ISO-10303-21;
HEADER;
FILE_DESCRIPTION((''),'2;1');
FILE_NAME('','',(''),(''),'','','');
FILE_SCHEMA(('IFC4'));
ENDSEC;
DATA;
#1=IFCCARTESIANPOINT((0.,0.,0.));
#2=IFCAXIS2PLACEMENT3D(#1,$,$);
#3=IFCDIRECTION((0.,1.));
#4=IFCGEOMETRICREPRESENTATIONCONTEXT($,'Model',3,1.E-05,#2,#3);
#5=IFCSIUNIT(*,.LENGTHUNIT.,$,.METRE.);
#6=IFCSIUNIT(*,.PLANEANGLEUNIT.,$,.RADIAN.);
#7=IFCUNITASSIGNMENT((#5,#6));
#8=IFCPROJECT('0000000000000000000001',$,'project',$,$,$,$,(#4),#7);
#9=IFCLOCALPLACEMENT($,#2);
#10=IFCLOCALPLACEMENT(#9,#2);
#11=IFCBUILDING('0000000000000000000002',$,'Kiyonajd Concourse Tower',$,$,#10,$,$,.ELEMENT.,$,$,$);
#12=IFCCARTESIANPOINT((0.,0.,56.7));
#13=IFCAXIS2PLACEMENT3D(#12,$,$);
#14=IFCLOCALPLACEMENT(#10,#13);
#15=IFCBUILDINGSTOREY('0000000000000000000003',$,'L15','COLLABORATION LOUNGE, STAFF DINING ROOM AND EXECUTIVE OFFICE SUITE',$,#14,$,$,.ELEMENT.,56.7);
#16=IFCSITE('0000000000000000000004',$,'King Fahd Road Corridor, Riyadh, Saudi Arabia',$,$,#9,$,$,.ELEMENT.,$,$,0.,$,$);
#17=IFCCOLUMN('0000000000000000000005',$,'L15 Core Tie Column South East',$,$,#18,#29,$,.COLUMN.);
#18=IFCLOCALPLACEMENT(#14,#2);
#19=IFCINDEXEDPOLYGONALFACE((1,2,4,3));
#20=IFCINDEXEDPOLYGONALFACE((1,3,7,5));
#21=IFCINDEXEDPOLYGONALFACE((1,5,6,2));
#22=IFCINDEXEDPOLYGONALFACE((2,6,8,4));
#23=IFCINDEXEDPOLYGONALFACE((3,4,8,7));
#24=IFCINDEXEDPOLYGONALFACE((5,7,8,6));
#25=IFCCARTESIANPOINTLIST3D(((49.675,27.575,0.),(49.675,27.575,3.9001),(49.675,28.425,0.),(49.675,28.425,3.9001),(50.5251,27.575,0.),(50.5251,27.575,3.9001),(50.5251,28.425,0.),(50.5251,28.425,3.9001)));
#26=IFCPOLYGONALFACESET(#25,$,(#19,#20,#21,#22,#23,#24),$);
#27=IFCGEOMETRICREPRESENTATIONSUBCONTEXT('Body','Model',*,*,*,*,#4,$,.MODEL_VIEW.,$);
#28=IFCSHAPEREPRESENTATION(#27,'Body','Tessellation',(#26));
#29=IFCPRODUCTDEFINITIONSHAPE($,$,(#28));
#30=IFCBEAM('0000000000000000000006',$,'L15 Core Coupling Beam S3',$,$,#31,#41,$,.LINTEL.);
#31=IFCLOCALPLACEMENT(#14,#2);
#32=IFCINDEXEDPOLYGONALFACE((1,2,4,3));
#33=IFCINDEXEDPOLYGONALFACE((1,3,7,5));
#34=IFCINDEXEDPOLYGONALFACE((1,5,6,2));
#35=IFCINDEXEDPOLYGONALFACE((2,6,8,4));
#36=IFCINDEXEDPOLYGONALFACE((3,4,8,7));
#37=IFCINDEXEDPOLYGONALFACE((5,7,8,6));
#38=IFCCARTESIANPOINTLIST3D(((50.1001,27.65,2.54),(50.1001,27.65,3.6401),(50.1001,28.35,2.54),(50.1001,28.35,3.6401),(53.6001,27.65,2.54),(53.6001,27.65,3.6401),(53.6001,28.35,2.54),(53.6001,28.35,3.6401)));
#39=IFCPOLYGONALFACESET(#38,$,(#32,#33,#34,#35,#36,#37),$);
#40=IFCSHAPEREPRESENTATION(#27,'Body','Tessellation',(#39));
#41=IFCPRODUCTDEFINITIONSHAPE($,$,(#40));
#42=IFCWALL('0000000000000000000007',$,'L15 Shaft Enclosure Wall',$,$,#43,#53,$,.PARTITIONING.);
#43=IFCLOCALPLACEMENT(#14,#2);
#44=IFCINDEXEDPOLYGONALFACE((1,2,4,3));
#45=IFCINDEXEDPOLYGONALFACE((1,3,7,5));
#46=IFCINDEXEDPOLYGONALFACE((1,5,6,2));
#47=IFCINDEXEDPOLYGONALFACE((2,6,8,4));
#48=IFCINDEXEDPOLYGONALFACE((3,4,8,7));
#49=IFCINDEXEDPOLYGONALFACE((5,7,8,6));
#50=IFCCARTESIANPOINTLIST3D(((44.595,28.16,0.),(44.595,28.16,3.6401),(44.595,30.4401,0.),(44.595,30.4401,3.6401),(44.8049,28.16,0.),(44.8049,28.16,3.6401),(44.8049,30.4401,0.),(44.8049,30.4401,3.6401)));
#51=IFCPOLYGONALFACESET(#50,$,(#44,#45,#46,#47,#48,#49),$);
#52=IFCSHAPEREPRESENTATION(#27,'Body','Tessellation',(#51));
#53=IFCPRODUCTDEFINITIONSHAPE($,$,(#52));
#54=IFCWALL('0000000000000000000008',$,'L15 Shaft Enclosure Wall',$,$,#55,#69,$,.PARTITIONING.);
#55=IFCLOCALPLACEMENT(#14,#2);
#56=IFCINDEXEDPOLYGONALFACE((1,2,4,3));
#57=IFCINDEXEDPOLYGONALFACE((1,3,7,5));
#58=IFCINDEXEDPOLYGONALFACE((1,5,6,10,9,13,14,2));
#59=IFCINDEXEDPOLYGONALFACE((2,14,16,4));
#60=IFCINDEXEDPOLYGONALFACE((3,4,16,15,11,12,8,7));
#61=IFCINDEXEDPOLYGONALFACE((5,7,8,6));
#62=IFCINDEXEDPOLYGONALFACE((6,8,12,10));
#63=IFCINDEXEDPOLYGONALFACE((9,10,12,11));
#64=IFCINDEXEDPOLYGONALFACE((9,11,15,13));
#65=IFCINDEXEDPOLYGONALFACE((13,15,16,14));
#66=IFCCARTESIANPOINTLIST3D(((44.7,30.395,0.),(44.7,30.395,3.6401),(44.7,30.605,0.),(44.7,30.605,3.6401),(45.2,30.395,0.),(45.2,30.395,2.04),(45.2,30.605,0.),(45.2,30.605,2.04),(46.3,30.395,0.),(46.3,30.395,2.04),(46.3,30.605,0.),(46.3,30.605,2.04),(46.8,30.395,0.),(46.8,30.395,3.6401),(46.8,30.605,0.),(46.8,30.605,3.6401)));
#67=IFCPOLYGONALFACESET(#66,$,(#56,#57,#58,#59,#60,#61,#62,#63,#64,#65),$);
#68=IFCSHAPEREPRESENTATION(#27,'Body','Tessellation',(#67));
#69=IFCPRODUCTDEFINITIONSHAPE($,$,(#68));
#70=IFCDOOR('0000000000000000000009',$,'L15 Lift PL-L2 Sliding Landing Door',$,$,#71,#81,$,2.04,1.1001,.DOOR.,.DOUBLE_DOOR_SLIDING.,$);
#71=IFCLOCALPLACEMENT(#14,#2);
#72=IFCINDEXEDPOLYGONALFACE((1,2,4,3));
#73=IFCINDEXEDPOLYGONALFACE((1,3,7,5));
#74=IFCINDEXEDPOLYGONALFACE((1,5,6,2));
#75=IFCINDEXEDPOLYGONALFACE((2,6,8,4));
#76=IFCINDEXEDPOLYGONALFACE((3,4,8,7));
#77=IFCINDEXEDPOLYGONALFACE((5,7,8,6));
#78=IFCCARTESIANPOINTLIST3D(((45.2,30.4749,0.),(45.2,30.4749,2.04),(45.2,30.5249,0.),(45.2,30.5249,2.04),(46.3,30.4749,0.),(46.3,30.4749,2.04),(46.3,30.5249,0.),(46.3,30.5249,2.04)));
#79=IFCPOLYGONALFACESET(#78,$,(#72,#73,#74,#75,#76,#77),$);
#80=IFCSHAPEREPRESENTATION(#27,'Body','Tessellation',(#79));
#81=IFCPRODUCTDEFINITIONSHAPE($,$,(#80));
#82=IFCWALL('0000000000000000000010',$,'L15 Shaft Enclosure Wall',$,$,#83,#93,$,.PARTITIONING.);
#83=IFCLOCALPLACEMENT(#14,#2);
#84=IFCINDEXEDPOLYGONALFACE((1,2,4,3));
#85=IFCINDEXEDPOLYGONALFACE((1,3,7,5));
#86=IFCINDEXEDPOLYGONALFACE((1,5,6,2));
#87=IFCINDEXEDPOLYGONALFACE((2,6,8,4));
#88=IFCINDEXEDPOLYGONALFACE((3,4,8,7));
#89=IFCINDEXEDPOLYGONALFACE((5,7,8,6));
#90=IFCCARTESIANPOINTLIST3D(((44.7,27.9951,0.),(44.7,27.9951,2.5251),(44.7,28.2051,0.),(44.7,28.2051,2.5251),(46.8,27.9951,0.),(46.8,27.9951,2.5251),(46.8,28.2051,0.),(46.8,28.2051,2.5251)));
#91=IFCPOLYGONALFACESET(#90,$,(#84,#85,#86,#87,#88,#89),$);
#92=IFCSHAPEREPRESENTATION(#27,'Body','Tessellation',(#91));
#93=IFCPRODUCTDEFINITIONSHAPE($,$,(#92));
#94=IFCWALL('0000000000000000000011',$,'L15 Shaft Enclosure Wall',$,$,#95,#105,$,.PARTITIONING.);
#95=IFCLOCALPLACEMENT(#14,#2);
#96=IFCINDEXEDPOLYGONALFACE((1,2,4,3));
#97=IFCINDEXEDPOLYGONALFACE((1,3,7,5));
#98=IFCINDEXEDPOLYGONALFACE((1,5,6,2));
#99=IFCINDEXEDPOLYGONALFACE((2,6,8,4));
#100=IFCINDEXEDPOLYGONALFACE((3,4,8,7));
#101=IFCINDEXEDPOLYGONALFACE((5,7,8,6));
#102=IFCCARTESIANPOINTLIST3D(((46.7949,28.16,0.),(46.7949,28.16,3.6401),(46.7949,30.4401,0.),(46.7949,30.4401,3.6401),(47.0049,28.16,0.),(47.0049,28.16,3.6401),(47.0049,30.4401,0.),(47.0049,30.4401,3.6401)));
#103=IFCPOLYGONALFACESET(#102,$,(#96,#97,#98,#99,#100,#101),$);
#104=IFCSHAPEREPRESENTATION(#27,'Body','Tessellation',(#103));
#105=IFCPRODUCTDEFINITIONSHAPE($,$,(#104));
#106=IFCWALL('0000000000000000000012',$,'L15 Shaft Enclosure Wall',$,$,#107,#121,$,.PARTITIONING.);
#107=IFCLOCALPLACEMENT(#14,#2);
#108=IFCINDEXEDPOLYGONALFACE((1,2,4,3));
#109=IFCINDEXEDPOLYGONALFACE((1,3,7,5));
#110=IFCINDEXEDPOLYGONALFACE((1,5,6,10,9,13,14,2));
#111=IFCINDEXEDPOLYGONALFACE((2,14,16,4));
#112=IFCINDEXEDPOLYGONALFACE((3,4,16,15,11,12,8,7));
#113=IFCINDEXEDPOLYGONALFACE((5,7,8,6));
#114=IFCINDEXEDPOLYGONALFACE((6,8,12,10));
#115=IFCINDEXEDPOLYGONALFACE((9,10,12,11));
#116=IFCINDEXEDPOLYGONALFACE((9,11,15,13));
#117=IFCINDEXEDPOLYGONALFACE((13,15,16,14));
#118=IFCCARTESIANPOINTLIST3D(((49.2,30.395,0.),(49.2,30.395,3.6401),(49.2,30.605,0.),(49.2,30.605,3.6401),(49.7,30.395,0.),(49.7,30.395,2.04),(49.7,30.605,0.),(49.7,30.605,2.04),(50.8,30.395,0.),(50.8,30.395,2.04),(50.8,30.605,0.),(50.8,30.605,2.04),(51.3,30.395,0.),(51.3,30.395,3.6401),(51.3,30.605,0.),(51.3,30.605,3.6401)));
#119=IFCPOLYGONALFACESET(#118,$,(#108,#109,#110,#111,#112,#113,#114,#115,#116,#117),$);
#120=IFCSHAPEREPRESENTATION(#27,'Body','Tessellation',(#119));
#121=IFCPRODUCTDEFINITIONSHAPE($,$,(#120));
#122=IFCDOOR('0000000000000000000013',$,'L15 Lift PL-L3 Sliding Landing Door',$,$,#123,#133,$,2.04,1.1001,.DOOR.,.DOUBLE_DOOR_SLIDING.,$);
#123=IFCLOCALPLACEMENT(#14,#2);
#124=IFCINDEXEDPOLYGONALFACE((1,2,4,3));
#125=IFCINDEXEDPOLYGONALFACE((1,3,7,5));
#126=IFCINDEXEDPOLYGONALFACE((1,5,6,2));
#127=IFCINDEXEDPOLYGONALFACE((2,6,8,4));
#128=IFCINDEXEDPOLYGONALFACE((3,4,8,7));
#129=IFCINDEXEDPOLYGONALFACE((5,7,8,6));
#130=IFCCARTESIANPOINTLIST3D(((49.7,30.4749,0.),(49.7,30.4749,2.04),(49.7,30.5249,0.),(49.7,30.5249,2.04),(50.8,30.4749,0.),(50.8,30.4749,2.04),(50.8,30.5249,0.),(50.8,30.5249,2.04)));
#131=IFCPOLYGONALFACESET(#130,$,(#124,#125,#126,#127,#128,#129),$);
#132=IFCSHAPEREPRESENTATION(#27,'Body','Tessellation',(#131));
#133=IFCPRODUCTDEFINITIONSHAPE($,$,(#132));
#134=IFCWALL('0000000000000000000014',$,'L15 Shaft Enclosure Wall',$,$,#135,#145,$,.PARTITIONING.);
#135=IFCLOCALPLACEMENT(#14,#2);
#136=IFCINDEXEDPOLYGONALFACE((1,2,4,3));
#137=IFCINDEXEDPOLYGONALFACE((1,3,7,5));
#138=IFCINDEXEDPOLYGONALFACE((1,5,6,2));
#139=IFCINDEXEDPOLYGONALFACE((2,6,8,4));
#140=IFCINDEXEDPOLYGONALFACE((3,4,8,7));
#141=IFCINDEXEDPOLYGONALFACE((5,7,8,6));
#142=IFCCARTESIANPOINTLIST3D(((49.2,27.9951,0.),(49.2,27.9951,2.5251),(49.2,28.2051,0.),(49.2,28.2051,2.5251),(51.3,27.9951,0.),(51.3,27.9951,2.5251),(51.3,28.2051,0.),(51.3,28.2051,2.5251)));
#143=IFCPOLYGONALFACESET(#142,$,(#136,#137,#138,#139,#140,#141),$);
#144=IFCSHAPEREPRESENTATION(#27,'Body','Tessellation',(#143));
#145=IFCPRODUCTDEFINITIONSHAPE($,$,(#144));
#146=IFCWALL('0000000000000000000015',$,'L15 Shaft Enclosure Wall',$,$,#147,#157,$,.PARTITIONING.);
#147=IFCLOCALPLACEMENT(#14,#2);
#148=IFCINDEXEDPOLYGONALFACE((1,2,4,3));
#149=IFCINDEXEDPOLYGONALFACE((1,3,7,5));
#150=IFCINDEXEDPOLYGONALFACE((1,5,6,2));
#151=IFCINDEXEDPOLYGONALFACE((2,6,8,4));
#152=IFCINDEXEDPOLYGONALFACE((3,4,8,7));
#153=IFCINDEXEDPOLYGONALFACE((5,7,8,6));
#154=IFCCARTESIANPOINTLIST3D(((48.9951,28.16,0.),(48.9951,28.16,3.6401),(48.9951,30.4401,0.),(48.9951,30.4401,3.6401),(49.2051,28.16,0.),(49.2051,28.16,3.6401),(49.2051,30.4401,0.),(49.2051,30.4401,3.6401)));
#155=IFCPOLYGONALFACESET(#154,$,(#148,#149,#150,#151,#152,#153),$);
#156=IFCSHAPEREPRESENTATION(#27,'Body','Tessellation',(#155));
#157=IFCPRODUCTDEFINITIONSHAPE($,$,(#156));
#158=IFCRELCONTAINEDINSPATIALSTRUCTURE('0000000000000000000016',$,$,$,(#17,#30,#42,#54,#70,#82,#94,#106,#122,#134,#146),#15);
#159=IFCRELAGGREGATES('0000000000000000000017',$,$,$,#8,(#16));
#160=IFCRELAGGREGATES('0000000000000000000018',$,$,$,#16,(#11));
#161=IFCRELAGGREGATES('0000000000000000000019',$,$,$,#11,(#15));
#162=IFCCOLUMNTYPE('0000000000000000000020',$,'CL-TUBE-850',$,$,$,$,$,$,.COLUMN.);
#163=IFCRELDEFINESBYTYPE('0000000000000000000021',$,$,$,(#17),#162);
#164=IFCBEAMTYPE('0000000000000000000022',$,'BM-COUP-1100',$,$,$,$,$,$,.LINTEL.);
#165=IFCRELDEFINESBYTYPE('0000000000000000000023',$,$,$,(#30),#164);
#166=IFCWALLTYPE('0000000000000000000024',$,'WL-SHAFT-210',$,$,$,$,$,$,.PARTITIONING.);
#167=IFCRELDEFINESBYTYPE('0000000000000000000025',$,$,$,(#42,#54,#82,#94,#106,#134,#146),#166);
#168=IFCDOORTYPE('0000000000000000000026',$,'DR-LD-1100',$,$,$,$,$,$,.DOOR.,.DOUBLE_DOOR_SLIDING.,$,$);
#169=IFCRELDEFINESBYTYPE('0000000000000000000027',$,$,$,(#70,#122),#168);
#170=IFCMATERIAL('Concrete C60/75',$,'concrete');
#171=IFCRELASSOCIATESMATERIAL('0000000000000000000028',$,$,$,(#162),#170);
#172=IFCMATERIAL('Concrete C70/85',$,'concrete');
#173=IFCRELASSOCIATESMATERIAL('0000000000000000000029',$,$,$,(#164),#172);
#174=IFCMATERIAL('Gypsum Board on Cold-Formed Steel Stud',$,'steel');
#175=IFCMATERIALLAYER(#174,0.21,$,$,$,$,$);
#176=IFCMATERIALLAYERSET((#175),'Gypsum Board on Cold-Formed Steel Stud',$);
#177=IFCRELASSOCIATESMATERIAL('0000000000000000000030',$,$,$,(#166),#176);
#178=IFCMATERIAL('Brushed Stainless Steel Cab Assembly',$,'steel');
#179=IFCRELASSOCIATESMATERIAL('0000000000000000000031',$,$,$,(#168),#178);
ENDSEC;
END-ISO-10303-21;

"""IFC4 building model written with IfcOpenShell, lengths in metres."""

from ifc_helpers import new_model, si_unit, direction, frame, frame_2d, origin, origin_2d, place, context, subcontext, project, spatial, rectangle, extrude, material, layer, layer_set, material_profile, profile_set, type_object, element, fill, save


model = new_model("IFC4")

# Units and contexts
model_context = context("Model", 3, precision=1e-05, world=origin(), true_north=direction((0.0, 1.0)))
body_context = subcontext(model_context, "Body", "Model", "MODEL_VIEW")
ifc_project = project(units=[si_unit("LENGTHUNIT", "METRE"), si_unit("PLANEANGLEUNIT", "RADIAN")], contexts=[model_context])

# Site, building, storey
site_placement = place(None, origin())
site = spatial("IfcSite", under=ifc_project, at=site_placement, Name="King Fahd Road Corridor, Riyadh, Saudi Arabia", CompositionType="ELEMENT", RefElevation=0.0)
building_placement = place(site_placement, origin())
building = spatial("IfcBuilding", under=site, at=building_placement, Name="Kiyonajd Concourse Tower", CompositionType="ELEMENT")
storey_placement = place(building_placement, frame((0.0, 0.0, 56.7)))
storey = spatial("IfcBuildingStorey", under=building, at=storey_placement, Name="L15", Description="COLLABORATION LOUNGE, STAFF DINING ROOM AND EXECUTIVE OFFICE SUITE", CompositionType="ELEMENT", Elevation=56.7)

# Column
ifc_material_1 = material(Name="Concrete C60/75", Category="concrete")
ifc_material_profile_1 = material_profile(ifc_material_1, rectangle(XDim=0.8501, YDim=0.8501, at=origin_2d()), Name="RC-850x850")
ifc_profile_set_1 = profile_set([ifc_material_profile_1], Name="Concrete C60/75")
column_type = type_object("IfcColumnType", Name="CL-TUBE-850", PredefinedType="COLUMN", material=ifc_profile_set_1)
column_placement = place(storey_placement, frame((50.1001, 28.0, 0.0), z_axis=(0.0, 0.0, 1.0), x_axis=(1.0, 0.0, 0.0)))
element("IfcColumn", 1, at=column_placement, inside=storey, type_object=column_type, Name="L15 Core Tie Column South East", PredefinedType="COLUMN", context=body_context, shape_type="SweptSolid", body=[
    extrude(rectangle(XDim=0.8501, YDim=0.8501, at=origin_2d()), origin(), (0.0, 0.0, 1.0), 3.9001),
])

# Beam
ifc_material_2 = material(Name="Concrete C70/85", Category="concrete")
ifc_material_profile_2 = material_profile(ifc_material_2, rectangle(XDim=0.7, YDim=1.1001, at=origin_2d()), Name="RCBM-700x1100")
ifc_profile_set_2 = profile_set([ifc_material_profile_2], Name="Concrete C70/85")
beam_type = type_object("IfcBeamType", Name="BM-COUP-1100", PredefinedType="LINTEL", material=ifc_profile_set_2)
beam_placement = place(storey_placement, frame((50.1001, 28.0, 3.0901), z_axis=(1.0, 0.0, 0.0), x_axis=(0.0, 1.0, 0.0)))
element("IfcBeam", 2, at=beam_placement, inside=storey, type_object=beam_type, Name="L15 Core Coupling Beam S3", PredefinedType="LINTEL", context=body_context, shape_type="SweptSolid", body=[
    extrude(rectangle(XDim=0.7, YDim=1.1001, at=origin_2d()), origin(), (0.0, 0.0, 1.0), 3.5),
])

# Wall
ifc_material_3 = material(Name="Gypsum Board on Cold-Formed Steel Stud", Category="steel")
ifc_layer_1 = layer(ifc_material_3, 0.21)
ifc_layer_set_1 = layer_set([ifc_layer_1], Name="Gypsum Board on Cold-Formed Steel Stud")
wall_type_1 = type_object("IfcWallType", Name="WL-SHAFT-210", PredefinedType="PARTITIONING", material=ifc_layer_set_1)
wall_1_placement = place(storey_placement, frame((44.7, 28.1599, 0.0), z_axis=(0.0, 0.0, 1.0), x_axis=(0.0, 1.0, 0.0)))
element("IfcWall", 3, at=wall_1_placement, inside=storey, type_object=wall_type_1, Name="L15 Shaft Enclosure Wall", PredefinedType="PARTITIONING", context=body_context, shape_type="SweptSolid", body=[
    extrude(rectangle(XDim=2.28, YDim=0.21, at=frame_2d((1.1401, 0.0))), origin(), (0.0, 0.0, 1.0), 3.6401),
])

# Wall, opening, door
wall_2_placement = place(storey_placement, frame((44.7, 30.5, 0.0), z_axis=(0.0, 0.0, 1.0), x_axis=(1.0, 0.0, 0.0)))
wall_2 = element("IfcWall", 4, at=wall_2_placement, inside=storey, type_object=wall_type_1, Name="L15 Shaft Enclosure Wall", PredefinedType="PARTITIONING", context=body_context, shape_type="SweptSolid", body=[
    extrude(rectangle(XDim=2.1001, YDim=0.21, at=frame_2d((1.05, 0.0))), origin(), (0.0, 0.0, 1.0), 3.6401),
])
opening_1_placement = place(wall_2_placement, frame((0.5, 0.0, 0.0)))
opening_1 = element("IfcOpeningElement", 5, at=opening_1_placement, cuts=wall_2, PredefinedType="OPENING", context=body_context, shape_type="SweptSolid", body=[
    extrude(rectangle(XDim=1.1001, YDim=2.04, at=frame_2d((0.55, 1.02))), frame((0.0, 0.115, 0.0), z_axis=(0.0, -1.0, 0.0), x_axis=(1.0, 0.0, 0.0)), (0.0, 0.0, 1.0), 0.23),
])
ifc_material_4 = material(Name="Brushed Stainless Steel Cab Assembly", Category="steel")
door_type_1 = type_object("IfcDoorType", Name="DR-LD-1100", OperationType="DOUBLE_DOOR_SLIDING", PredefinedType="DOOR", material=ifc_material_4)
door_1_placement = place(opening_1_placement, origin())
door_1 = element("IfcDoor", 6, at=door_1_placement, inside=storey, type_object=door_type_1, Name="L15 Lift PL-L2 Sliding Landing Door", OperationType="DOUBLE_DOOR_SLIDING", OverallHeight=2.04, OverallWidth=1.1001, PredefinedType="DOOR", context=body_context, shape_type="SweptSolid", body=[
    extrude(rectangle(XDim=1.1001, YDim=2.04, at=frame_2d((0.55, 1.02))), frame((0.0, 0.0249, 0.0), z_axis=(0.0, -1.0, 0.0), x_axis=(1.0, 0.0, 0.0)), (0.0, 0.0, 1.0), 0.05),
])
fill(opening_1, door_1)

# Walls
wall_3_placement = place(storey_placement, frame((44.7, 28.1001, 0.0), z_axis=(0.0, 0.0, 1.0), x_axis=(1.0, 0.0, 0.0)))
element("IfcWall", 7, at=wall_3_placement, inside=storey, type_object=wall_type_1, Name="L15 Shaft Enclosure Wall", PredefinedType="PARTITIONING", context=body_context, shape_type="SweptSolid", body=[
    extrude(rectangle(XDim=2.1001, YDim=0.21, at=frame_2d((1.05, 0.0))), origin(), (0.0, 0.0, 1.0), 2.5251),
])
wall_4_placement = place(storey_placement, frame((46.8999, 28.1599, 0.0), z_axis=(0.0, 0.0, 1.0), x_axis=(0.0, 1.0, 0.0)))
element("IfcWall", 8, at=wall_4_placement, inside=storey, type_object=wall_type_1, Name="L15 Shaft Enclosure Wall", PredefinedType="PARTITIONING", context=body_context, shape_type="SweptSolid", body=[
    extrude(rectangle(XDim=2.28, YDim=0.21, at=frame_2d((1.1401, 0.0))), origin(), (0.0, 0.0, 1.0), 3.6401),
])

# Wall, opening, door
wall_5_placement = place(storey_placement, frame((49.2, 30.5, 0.0), z_axis=(0.0, 0.0, 1.0), x_axis=(1.0, 0.0, 0.0)))
wall_5 = element("IfcWall", 9, at=wall_5_placement, inside=storey, type_object=wall_type_1, Name="L15 Shaft Enclosure Wall", PredefinedType="PARTITIONING", context=body_context, shape_type="SweptSolid", body=[
    extrude(rectangle(XDim=2.1001, YDim=0.21, at=frame_2d((1.05, 0.0))), origin(), (0.0, 0.0, 1.0), 3.6401),
])
opening_2_placement = place(wall_5_placement, frame((0.5, 0.0, 0.0)))
opening_2 = element("IfcOpeningElement", 10, at=opening_2_placement, cuts=wall_5, PredefinedType="OPENING", context=body_context, shape_type="SweptSolid", body=[
    extrude(rectangle(XDim=1.1001, YDim=2.04, at=frame_2d((0.55, 1.02))), frame((0.0, 0.115, 0.0), z_axis=(0.0, -1.0, 0.0), x_axis=(1.0, 0.0, 0.0)), (0.0, 0.0, 1.0), 0.23),
])
door_2_placement = place(opening_2_placement, origin())
door_2 = element("IfcDoor", 11, at=door_2_placement, inside=storey, type_object=door_type_1, Name="L15 Lift PL-L3 Sliding Landing Door", OperationType="DOUBLE_DOOR_SLIDING", OverallHeight=2.04, OverallWidth=1.1001, PredefinedType="DOOR", context=body_context, shape_type="SweptSolid", body=[
    extrude(rectangle(XDim=1.1001, YDim=2.04, at=frame_2d((0.55, 1.02))), frame((0.0, 0.0249, 0.0), z_axis=(0.0, -1.0, 0.0), x_axis=(1.0, 0.0, 0.0)), (0.0, 0.0, 1.0), 0.05),
])
fill(opening_2, door_2)

# Walls
wall_6_placement = place(storey_placement, frame((49.2, 28.1001, 0.0), z_axis=(0.0, 0.0, 1.0), x_axis=(1.0, 0.0, 0.0)))
element("IfcWall", 12, at=wall_6_placement, inside=storey, type_object=wall_type_1, Name="L15 Shaft Enclosure Wall", PredefinedType="PARTITIONING", context=body_context, shape_type="SweptSolid", body=[
    extrude(rectangle(XDim=2.1001, YDim=0.21, at=frame_2d((1.05, 0.0))), origin(), (0.0, 0.0, 1.0), 2.5251),
])
wall_7_placement = place(storey_placement, frame((49.1001, 28.1599, 0.0), z_axis=(0.0, 0.0, 1.0), x_axis=(0.0, 1.0, 0.0)))
element("IfcWall", 13, at=wall_7_placement, inside=storey, type_object=wall_type_1, Name="L15 Shaft Enclosure Wall", PredefinedType="PARTITIONING", context=body_context, shape_type="SweptSolid", body=[
    extrude(rectangle(XDim=2.28, YDim=0.21, at=frame_2d((1.1401, 0.0))), origin(), (0.0, 0.0, 1.0), 3.6401),
])

save(model, "model.ifc")
